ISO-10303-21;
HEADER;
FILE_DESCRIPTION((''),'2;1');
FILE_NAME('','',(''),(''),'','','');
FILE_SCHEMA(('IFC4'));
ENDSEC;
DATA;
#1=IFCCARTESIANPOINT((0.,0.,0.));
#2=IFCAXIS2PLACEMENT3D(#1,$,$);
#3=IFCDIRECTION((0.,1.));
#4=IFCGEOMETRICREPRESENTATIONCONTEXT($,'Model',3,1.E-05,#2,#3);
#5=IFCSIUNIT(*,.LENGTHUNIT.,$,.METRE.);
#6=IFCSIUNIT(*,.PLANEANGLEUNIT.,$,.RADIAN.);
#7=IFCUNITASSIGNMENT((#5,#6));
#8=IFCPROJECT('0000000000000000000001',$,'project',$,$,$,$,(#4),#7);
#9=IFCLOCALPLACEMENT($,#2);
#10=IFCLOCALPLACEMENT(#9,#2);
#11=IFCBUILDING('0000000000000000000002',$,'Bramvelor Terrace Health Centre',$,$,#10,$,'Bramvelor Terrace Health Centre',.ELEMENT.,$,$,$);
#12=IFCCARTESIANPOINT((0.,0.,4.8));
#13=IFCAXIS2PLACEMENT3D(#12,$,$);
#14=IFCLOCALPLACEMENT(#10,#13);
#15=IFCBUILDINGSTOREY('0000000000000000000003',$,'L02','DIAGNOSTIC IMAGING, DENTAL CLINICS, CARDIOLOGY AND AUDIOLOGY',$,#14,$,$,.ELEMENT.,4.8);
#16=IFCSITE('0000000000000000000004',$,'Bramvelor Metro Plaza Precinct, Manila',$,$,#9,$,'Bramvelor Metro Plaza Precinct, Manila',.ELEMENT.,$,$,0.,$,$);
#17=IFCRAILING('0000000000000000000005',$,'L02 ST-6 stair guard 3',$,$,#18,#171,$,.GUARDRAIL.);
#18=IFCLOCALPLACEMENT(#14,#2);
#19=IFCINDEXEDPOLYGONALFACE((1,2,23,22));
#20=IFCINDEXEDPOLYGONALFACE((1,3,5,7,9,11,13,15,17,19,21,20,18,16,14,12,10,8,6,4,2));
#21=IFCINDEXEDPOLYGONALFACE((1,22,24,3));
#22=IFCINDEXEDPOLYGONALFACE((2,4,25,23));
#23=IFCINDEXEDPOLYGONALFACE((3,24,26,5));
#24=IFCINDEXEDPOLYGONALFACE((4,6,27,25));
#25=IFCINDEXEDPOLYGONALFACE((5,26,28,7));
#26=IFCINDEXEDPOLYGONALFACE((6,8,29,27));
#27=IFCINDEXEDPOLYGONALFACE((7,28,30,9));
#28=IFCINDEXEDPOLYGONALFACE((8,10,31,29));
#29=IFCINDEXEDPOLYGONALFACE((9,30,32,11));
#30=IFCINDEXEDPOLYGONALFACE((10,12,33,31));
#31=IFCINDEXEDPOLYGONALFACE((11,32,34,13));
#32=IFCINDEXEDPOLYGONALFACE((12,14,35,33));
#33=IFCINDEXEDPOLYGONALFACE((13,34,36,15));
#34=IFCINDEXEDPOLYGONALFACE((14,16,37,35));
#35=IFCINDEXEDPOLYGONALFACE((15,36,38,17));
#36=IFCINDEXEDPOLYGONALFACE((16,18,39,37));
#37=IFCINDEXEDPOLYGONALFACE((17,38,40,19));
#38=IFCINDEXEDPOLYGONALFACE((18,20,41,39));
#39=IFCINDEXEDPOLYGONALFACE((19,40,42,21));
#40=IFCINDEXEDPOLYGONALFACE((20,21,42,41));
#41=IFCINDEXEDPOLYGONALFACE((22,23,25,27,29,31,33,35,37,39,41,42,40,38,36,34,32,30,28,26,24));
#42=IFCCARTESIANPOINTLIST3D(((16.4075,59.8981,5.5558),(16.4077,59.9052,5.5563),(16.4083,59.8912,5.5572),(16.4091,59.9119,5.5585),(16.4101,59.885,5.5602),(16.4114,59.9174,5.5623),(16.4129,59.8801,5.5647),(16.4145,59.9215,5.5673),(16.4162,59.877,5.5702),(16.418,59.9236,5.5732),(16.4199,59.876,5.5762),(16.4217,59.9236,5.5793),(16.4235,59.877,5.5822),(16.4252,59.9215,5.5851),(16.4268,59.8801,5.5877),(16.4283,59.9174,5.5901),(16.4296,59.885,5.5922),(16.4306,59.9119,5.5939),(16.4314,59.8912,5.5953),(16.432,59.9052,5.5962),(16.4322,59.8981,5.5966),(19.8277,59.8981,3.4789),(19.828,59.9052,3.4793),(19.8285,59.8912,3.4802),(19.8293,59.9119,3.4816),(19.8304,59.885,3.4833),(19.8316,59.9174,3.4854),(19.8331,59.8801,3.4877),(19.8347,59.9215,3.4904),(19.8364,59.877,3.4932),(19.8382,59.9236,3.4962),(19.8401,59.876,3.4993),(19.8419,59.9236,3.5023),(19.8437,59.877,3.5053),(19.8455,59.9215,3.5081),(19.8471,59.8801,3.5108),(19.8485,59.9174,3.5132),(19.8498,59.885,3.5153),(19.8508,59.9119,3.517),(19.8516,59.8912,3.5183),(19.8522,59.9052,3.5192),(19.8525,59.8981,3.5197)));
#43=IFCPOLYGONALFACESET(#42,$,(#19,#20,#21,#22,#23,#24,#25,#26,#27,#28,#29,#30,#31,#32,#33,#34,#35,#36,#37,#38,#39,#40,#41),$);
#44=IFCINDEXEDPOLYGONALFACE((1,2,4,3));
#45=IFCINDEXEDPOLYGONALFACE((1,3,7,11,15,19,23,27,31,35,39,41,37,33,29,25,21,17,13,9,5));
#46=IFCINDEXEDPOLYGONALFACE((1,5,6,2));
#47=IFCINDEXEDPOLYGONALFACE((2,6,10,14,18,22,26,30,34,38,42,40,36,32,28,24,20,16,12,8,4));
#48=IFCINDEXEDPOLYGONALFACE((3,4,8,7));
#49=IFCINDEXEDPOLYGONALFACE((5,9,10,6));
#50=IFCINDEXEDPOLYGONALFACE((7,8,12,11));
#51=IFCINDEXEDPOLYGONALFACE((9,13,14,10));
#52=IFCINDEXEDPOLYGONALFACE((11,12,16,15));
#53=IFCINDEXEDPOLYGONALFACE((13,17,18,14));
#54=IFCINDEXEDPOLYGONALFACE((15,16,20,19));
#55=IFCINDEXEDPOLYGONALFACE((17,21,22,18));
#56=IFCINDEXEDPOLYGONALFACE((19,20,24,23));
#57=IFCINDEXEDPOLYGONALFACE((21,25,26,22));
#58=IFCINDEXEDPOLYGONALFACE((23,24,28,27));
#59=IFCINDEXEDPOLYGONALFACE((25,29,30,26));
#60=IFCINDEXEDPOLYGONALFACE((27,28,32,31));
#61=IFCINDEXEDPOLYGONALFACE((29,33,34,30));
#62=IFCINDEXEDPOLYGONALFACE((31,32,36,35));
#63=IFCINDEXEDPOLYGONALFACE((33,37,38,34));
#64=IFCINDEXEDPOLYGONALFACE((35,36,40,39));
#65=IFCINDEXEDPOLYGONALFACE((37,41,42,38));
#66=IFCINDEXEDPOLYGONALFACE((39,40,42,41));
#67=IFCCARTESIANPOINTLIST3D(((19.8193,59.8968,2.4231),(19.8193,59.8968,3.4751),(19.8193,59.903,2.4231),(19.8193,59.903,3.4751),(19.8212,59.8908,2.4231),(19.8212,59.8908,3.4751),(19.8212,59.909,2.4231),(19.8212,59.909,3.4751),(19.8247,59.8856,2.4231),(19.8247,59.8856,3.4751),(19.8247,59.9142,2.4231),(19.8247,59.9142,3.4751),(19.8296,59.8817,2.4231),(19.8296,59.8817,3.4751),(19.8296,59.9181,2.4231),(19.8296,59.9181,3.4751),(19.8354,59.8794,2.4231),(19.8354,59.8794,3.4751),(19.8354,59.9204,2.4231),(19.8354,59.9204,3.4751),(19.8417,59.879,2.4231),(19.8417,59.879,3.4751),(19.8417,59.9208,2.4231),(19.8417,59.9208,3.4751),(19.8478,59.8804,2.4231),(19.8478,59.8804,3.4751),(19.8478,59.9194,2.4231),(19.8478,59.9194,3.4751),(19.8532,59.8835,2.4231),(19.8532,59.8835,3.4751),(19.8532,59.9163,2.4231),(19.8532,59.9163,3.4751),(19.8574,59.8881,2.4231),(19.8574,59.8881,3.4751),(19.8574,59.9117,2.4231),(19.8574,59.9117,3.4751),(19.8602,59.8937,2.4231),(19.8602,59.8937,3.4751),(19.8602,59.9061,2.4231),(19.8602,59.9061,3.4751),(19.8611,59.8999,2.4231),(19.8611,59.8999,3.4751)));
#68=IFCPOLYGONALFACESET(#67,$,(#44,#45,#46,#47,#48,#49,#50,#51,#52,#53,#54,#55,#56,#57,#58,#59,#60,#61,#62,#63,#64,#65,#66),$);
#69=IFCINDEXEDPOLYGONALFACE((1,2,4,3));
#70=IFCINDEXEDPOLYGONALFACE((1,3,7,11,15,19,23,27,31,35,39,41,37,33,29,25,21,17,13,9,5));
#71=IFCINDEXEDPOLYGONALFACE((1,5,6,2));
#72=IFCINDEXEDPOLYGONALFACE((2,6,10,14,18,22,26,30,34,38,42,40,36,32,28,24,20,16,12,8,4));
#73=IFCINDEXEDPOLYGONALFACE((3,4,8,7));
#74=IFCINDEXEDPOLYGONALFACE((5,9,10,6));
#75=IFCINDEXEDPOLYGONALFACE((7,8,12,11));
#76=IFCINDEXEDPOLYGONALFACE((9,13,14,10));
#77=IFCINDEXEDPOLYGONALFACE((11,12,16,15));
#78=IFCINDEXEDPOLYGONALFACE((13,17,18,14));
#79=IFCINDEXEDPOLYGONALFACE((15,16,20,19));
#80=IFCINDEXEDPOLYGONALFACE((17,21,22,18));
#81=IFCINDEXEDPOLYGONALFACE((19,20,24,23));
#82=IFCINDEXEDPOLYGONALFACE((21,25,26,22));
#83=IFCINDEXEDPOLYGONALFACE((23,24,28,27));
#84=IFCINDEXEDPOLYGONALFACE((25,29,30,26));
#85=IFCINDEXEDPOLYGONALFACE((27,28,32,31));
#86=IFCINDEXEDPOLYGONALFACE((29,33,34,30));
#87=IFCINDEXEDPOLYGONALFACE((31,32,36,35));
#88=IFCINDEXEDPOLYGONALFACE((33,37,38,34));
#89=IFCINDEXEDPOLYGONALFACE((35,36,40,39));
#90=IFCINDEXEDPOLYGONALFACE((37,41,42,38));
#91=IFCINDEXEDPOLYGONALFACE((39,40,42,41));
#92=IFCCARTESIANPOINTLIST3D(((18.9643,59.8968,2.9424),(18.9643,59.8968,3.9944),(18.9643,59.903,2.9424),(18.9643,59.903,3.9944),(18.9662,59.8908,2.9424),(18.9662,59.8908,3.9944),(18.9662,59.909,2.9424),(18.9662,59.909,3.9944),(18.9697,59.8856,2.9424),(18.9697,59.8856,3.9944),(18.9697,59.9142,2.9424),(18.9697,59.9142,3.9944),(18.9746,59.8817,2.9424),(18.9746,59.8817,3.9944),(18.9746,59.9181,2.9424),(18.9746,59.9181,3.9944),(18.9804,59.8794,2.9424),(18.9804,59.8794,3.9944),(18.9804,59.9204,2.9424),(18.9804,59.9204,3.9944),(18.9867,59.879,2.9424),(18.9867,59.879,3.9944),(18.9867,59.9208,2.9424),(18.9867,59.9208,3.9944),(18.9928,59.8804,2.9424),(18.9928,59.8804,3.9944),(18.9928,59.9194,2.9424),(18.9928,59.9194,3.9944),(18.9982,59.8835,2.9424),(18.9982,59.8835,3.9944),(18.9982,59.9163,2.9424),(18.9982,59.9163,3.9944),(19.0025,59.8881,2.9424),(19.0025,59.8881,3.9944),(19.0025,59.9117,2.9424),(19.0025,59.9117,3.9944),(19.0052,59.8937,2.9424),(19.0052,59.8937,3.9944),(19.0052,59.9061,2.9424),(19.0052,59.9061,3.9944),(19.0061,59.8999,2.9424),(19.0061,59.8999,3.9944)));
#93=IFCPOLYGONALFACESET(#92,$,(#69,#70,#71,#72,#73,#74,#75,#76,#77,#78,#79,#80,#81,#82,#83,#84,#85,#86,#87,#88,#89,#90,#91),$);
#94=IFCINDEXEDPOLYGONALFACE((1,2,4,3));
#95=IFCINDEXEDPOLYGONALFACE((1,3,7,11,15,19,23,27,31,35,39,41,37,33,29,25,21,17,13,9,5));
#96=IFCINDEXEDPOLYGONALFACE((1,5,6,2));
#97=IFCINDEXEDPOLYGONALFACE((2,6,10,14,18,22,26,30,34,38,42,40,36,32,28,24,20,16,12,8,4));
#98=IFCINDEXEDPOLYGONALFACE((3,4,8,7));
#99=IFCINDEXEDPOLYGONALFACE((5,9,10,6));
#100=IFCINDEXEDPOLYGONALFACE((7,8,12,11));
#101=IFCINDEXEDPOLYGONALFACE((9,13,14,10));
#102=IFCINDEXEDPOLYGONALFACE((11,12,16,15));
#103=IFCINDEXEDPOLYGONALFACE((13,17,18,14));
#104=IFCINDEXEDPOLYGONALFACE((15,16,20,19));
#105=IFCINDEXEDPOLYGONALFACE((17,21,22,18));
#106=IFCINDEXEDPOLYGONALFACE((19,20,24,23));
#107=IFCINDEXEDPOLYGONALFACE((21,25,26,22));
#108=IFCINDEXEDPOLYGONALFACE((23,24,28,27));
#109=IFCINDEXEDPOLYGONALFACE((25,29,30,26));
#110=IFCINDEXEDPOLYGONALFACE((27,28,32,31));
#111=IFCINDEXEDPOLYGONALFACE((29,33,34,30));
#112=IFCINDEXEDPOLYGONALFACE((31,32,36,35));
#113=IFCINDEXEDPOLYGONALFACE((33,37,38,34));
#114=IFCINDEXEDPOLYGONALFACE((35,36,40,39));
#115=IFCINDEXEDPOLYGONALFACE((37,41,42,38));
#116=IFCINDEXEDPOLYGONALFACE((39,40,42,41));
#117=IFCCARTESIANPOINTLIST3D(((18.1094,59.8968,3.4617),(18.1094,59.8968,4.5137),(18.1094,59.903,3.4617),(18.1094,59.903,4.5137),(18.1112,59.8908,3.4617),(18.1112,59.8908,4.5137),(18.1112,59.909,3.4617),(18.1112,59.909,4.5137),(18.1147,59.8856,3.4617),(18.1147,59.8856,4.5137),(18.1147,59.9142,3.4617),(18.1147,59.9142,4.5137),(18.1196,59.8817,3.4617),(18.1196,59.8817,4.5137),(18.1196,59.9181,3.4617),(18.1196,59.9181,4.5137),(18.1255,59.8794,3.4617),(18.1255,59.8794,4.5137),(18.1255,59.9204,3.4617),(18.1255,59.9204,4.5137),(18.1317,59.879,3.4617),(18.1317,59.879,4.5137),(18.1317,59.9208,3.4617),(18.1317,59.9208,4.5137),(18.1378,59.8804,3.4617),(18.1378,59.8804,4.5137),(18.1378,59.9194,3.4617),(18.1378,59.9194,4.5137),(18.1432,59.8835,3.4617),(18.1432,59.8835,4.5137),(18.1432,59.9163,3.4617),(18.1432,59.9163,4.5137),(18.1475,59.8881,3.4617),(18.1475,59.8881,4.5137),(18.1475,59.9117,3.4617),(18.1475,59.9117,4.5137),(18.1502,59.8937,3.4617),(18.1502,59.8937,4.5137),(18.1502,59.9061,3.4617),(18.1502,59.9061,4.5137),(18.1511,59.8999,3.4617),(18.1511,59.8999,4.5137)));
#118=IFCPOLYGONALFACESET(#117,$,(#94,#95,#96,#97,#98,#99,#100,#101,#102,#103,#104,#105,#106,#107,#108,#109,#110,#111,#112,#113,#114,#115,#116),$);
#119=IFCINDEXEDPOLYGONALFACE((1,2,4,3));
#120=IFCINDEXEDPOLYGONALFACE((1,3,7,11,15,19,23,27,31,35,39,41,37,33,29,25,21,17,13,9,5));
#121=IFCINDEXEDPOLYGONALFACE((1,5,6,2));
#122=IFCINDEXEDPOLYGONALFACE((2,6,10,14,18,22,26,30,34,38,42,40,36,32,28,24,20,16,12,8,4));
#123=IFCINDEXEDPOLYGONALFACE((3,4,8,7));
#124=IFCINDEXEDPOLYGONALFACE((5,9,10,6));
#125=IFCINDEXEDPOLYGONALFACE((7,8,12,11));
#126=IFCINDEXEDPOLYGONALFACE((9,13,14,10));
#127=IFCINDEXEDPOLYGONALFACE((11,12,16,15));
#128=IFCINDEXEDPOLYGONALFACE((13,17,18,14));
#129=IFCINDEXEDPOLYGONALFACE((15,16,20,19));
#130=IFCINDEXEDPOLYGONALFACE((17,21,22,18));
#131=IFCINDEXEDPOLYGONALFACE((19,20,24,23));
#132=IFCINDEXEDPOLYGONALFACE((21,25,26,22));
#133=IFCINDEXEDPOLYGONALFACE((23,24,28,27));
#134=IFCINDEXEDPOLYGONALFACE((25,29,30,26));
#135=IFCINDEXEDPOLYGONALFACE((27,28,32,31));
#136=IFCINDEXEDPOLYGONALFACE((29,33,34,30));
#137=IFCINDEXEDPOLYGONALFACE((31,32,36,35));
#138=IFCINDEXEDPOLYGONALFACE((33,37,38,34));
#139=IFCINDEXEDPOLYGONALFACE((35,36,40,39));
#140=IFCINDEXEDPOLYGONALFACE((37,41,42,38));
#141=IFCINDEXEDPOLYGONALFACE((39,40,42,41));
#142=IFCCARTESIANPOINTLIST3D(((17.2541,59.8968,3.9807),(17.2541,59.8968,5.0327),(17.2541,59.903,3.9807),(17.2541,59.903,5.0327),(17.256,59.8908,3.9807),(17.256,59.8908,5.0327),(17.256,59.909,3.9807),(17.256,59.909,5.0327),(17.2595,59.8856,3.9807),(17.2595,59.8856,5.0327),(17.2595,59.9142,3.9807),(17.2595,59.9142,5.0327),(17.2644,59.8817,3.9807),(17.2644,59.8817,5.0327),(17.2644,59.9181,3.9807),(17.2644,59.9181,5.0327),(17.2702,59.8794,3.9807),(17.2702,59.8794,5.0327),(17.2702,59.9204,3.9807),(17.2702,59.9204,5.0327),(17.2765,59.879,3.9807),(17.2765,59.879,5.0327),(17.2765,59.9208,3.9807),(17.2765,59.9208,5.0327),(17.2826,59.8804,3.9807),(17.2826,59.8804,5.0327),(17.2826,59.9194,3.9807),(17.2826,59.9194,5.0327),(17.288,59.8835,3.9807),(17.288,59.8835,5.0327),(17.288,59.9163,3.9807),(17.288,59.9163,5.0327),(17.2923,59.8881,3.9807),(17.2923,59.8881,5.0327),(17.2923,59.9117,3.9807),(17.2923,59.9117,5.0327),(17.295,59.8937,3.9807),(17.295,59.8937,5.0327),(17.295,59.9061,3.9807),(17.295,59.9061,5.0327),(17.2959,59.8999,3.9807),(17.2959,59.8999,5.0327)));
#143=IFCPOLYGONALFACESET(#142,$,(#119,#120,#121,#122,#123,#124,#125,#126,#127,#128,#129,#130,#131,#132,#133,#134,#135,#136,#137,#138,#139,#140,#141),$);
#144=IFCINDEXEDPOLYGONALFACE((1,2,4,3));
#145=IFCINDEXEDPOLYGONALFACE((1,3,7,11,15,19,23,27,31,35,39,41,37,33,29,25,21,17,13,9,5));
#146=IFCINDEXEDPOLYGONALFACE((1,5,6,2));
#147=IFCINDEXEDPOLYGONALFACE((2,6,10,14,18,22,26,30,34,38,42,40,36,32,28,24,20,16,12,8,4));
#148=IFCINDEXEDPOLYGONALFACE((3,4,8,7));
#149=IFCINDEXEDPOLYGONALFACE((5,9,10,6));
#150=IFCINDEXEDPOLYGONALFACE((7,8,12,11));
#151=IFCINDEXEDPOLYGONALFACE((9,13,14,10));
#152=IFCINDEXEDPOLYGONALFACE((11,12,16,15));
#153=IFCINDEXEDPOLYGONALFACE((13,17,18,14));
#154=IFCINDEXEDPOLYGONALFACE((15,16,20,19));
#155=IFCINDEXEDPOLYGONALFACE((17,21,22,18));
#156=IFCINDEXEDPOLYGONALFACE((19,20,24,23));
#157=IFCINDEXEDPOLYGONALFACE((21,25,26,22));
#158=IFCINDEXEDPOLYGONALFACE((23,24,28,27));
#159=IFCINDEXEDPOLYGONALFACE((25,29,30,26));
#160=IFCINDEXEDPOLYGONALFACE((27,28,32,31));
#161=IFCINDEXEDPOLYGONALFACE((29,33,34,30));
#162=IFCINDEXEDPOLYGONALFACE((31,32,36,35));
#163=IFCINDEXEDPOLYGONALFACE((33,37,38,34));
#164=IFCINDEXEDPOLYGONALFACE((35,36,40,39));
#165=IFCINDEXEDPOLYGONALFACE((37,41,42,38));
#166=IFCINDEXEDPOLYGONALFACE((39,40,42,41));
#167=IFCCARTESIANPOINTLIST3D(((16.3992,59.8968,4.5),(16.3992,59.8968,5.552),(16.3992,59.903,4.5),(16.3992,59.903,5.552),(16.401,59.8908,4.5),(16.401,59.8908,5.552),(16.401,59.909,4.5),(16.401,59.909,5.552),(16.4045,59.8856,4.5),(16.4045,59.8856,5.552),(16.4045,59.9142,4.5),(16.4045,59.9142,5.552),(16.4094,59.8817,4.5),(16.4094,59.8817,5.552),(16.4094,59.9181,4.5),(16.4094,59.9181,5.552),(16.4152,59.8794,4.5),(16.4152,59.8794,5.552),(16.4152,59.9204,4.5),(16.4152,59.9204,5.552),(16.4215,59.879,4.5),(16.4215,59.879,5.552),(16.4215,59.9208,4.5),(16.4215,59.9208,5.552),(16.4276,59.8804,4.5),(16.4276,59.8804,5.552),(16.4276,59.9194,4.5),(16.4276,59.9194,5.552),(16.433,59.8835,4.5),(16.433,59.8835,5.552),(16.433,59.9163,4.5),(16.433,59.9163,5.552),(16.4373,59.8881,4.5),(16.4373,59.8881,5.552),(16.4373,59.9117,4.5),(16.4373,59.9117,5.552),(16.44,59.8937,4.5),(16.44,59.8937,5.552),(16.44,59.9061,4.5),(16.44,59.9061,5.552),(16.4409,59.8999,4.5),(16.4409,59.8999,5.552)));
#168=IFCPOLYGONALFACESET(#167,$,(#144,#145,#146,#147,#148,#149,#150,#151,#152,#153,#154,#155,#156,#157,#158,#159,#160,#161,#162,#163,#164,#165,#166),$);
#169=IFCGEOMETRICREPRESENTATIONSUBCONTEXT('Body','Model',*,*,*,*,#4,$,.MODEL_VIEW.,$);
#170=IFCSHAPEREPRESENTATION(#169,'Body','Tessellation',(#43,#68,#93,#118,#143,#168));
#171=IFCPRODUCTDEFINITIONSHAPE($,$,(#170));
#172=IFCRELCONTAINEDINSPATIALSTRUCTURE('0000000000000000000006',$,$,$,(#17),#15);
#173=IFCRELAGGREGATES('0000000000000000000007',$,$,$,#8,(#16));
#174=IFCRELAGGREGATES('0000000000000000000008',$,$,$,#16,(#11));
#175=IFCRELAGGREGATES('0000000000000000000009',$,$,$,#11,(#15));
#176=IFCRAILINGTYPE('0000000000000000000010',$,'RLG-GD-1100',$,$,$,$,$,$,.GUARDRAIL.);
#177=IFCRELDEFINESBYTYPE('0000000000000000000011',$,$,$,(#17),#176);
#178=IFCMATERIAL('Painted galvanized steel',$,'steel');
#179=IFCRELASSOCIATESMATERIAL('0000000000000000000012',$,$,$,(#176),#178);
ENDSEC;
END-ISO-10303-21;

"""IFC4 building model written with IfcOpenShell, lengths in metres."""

from ifc_helpers import new_model, si_unit, direction, frame, origin, origin_2d, place, context, subcontext, project, spatial, circle, extrude, material, type_object, element, save


model = new_model("IFC4")

# Units and contexts
model_context = context("Model", 3, precision=1e-05, world=origin(), true_north=direction((0.0, 1.0)))
body_context = subcontext(model_context, "Body", "Model", "MODEL_VIEW")
ifc_project = project(units=[si_unit("LENGTHUNIT", "METRE"), si_unit("PLANEANGLEUNIT", "RADIAN")], contexts=[model_context])

# Site, building, storey
site_placement = place(None, origin())
site = spatial("IfcSite", under=ifc_project, at=site_placement, Name="Bramvelor Metro Plaza Precinct, Manila", LongName="Bramvelor Metro Plaza Precinct, Manila", CompositionType="ELEMENT", RefElevation=0.0)
building_placement = place(site_placement, origin())
building = spatial("IfcBuilding", under=site, at=building_placement, Name="Bramvelor Terrace Health Centre", LongName="Bramvelor Terrace Health Centre", CompositionType="ELEMENT")
storey_placement = place(building_placement, frame((0.0, 0.0, 4.8)))
storey = spatial("IfcBuildingStorey", under=building, at=storey_placement, Name="L02", Description="DIAGNOSTIC IMAGING, DENTAL CLINICS, CARDIOLOGY AND AUDIOLOGY", CompositionType="ELEMENT", Elevation=4.8)

# Railing
ifc_material_1 = material(Name="Painted galvanized steel", Category="steel")
railing_type_1 = type_object("IfcRailingType", Name="RLG-GD-1100", PredefinedType="GUARDRAIL", material=ifc_material_1)
railing_1_placement = place(storey_placement, frame((19.8401, 59.8999, 2.4231)))
element("IfcRailing", 1, at=railing_1_placement, inside=storey, type_object=railing_type_1, Name="L02 ST-6 stair guard 3", PredefinedType="GUARDRAIL", context=body_context, shape_type="SweptSolid", body=[
    extrude(circle(Radius=0.0239, at=origin_2d()), frame((0.0, 0.0, 1.0762), z_axis=(-0.854746, 0.0, 0.519047), x_axis=(0.0, -1.0, 0.0)), (0.0, 0.0, 1.0), 4.0015),
    extrude(circle(Radius=0.021, at=origin_2d()), origin(), (0.0, 0.0, 1.0), 1.052),
    extrude(circle(Radius=0.021, at=origin_2d()), frame((-0.855, 0.0, 0.5193)), (0.0, 0.0, 1.0), 1.052),
    extrude(circle(Radius=0.021, at=origin_2d()), frame((-1.71, 0.0, 1.0386)), (0.0, 0.0, 1.0), 1.052),
    extrude(circle(Radius=0.021, at=origin_2d()), frame((-2.5652, 0.0, 1.5576)), (0.0, 0.0, 1.0), 1.052),
    extrude(circle(Radius=0.021, at=origin_2d()), frame((-3.4202, 0.0, 2.0769)), (0.0, 0.0, 1.0), 1.052),
])

save(model, "model.ifc")
